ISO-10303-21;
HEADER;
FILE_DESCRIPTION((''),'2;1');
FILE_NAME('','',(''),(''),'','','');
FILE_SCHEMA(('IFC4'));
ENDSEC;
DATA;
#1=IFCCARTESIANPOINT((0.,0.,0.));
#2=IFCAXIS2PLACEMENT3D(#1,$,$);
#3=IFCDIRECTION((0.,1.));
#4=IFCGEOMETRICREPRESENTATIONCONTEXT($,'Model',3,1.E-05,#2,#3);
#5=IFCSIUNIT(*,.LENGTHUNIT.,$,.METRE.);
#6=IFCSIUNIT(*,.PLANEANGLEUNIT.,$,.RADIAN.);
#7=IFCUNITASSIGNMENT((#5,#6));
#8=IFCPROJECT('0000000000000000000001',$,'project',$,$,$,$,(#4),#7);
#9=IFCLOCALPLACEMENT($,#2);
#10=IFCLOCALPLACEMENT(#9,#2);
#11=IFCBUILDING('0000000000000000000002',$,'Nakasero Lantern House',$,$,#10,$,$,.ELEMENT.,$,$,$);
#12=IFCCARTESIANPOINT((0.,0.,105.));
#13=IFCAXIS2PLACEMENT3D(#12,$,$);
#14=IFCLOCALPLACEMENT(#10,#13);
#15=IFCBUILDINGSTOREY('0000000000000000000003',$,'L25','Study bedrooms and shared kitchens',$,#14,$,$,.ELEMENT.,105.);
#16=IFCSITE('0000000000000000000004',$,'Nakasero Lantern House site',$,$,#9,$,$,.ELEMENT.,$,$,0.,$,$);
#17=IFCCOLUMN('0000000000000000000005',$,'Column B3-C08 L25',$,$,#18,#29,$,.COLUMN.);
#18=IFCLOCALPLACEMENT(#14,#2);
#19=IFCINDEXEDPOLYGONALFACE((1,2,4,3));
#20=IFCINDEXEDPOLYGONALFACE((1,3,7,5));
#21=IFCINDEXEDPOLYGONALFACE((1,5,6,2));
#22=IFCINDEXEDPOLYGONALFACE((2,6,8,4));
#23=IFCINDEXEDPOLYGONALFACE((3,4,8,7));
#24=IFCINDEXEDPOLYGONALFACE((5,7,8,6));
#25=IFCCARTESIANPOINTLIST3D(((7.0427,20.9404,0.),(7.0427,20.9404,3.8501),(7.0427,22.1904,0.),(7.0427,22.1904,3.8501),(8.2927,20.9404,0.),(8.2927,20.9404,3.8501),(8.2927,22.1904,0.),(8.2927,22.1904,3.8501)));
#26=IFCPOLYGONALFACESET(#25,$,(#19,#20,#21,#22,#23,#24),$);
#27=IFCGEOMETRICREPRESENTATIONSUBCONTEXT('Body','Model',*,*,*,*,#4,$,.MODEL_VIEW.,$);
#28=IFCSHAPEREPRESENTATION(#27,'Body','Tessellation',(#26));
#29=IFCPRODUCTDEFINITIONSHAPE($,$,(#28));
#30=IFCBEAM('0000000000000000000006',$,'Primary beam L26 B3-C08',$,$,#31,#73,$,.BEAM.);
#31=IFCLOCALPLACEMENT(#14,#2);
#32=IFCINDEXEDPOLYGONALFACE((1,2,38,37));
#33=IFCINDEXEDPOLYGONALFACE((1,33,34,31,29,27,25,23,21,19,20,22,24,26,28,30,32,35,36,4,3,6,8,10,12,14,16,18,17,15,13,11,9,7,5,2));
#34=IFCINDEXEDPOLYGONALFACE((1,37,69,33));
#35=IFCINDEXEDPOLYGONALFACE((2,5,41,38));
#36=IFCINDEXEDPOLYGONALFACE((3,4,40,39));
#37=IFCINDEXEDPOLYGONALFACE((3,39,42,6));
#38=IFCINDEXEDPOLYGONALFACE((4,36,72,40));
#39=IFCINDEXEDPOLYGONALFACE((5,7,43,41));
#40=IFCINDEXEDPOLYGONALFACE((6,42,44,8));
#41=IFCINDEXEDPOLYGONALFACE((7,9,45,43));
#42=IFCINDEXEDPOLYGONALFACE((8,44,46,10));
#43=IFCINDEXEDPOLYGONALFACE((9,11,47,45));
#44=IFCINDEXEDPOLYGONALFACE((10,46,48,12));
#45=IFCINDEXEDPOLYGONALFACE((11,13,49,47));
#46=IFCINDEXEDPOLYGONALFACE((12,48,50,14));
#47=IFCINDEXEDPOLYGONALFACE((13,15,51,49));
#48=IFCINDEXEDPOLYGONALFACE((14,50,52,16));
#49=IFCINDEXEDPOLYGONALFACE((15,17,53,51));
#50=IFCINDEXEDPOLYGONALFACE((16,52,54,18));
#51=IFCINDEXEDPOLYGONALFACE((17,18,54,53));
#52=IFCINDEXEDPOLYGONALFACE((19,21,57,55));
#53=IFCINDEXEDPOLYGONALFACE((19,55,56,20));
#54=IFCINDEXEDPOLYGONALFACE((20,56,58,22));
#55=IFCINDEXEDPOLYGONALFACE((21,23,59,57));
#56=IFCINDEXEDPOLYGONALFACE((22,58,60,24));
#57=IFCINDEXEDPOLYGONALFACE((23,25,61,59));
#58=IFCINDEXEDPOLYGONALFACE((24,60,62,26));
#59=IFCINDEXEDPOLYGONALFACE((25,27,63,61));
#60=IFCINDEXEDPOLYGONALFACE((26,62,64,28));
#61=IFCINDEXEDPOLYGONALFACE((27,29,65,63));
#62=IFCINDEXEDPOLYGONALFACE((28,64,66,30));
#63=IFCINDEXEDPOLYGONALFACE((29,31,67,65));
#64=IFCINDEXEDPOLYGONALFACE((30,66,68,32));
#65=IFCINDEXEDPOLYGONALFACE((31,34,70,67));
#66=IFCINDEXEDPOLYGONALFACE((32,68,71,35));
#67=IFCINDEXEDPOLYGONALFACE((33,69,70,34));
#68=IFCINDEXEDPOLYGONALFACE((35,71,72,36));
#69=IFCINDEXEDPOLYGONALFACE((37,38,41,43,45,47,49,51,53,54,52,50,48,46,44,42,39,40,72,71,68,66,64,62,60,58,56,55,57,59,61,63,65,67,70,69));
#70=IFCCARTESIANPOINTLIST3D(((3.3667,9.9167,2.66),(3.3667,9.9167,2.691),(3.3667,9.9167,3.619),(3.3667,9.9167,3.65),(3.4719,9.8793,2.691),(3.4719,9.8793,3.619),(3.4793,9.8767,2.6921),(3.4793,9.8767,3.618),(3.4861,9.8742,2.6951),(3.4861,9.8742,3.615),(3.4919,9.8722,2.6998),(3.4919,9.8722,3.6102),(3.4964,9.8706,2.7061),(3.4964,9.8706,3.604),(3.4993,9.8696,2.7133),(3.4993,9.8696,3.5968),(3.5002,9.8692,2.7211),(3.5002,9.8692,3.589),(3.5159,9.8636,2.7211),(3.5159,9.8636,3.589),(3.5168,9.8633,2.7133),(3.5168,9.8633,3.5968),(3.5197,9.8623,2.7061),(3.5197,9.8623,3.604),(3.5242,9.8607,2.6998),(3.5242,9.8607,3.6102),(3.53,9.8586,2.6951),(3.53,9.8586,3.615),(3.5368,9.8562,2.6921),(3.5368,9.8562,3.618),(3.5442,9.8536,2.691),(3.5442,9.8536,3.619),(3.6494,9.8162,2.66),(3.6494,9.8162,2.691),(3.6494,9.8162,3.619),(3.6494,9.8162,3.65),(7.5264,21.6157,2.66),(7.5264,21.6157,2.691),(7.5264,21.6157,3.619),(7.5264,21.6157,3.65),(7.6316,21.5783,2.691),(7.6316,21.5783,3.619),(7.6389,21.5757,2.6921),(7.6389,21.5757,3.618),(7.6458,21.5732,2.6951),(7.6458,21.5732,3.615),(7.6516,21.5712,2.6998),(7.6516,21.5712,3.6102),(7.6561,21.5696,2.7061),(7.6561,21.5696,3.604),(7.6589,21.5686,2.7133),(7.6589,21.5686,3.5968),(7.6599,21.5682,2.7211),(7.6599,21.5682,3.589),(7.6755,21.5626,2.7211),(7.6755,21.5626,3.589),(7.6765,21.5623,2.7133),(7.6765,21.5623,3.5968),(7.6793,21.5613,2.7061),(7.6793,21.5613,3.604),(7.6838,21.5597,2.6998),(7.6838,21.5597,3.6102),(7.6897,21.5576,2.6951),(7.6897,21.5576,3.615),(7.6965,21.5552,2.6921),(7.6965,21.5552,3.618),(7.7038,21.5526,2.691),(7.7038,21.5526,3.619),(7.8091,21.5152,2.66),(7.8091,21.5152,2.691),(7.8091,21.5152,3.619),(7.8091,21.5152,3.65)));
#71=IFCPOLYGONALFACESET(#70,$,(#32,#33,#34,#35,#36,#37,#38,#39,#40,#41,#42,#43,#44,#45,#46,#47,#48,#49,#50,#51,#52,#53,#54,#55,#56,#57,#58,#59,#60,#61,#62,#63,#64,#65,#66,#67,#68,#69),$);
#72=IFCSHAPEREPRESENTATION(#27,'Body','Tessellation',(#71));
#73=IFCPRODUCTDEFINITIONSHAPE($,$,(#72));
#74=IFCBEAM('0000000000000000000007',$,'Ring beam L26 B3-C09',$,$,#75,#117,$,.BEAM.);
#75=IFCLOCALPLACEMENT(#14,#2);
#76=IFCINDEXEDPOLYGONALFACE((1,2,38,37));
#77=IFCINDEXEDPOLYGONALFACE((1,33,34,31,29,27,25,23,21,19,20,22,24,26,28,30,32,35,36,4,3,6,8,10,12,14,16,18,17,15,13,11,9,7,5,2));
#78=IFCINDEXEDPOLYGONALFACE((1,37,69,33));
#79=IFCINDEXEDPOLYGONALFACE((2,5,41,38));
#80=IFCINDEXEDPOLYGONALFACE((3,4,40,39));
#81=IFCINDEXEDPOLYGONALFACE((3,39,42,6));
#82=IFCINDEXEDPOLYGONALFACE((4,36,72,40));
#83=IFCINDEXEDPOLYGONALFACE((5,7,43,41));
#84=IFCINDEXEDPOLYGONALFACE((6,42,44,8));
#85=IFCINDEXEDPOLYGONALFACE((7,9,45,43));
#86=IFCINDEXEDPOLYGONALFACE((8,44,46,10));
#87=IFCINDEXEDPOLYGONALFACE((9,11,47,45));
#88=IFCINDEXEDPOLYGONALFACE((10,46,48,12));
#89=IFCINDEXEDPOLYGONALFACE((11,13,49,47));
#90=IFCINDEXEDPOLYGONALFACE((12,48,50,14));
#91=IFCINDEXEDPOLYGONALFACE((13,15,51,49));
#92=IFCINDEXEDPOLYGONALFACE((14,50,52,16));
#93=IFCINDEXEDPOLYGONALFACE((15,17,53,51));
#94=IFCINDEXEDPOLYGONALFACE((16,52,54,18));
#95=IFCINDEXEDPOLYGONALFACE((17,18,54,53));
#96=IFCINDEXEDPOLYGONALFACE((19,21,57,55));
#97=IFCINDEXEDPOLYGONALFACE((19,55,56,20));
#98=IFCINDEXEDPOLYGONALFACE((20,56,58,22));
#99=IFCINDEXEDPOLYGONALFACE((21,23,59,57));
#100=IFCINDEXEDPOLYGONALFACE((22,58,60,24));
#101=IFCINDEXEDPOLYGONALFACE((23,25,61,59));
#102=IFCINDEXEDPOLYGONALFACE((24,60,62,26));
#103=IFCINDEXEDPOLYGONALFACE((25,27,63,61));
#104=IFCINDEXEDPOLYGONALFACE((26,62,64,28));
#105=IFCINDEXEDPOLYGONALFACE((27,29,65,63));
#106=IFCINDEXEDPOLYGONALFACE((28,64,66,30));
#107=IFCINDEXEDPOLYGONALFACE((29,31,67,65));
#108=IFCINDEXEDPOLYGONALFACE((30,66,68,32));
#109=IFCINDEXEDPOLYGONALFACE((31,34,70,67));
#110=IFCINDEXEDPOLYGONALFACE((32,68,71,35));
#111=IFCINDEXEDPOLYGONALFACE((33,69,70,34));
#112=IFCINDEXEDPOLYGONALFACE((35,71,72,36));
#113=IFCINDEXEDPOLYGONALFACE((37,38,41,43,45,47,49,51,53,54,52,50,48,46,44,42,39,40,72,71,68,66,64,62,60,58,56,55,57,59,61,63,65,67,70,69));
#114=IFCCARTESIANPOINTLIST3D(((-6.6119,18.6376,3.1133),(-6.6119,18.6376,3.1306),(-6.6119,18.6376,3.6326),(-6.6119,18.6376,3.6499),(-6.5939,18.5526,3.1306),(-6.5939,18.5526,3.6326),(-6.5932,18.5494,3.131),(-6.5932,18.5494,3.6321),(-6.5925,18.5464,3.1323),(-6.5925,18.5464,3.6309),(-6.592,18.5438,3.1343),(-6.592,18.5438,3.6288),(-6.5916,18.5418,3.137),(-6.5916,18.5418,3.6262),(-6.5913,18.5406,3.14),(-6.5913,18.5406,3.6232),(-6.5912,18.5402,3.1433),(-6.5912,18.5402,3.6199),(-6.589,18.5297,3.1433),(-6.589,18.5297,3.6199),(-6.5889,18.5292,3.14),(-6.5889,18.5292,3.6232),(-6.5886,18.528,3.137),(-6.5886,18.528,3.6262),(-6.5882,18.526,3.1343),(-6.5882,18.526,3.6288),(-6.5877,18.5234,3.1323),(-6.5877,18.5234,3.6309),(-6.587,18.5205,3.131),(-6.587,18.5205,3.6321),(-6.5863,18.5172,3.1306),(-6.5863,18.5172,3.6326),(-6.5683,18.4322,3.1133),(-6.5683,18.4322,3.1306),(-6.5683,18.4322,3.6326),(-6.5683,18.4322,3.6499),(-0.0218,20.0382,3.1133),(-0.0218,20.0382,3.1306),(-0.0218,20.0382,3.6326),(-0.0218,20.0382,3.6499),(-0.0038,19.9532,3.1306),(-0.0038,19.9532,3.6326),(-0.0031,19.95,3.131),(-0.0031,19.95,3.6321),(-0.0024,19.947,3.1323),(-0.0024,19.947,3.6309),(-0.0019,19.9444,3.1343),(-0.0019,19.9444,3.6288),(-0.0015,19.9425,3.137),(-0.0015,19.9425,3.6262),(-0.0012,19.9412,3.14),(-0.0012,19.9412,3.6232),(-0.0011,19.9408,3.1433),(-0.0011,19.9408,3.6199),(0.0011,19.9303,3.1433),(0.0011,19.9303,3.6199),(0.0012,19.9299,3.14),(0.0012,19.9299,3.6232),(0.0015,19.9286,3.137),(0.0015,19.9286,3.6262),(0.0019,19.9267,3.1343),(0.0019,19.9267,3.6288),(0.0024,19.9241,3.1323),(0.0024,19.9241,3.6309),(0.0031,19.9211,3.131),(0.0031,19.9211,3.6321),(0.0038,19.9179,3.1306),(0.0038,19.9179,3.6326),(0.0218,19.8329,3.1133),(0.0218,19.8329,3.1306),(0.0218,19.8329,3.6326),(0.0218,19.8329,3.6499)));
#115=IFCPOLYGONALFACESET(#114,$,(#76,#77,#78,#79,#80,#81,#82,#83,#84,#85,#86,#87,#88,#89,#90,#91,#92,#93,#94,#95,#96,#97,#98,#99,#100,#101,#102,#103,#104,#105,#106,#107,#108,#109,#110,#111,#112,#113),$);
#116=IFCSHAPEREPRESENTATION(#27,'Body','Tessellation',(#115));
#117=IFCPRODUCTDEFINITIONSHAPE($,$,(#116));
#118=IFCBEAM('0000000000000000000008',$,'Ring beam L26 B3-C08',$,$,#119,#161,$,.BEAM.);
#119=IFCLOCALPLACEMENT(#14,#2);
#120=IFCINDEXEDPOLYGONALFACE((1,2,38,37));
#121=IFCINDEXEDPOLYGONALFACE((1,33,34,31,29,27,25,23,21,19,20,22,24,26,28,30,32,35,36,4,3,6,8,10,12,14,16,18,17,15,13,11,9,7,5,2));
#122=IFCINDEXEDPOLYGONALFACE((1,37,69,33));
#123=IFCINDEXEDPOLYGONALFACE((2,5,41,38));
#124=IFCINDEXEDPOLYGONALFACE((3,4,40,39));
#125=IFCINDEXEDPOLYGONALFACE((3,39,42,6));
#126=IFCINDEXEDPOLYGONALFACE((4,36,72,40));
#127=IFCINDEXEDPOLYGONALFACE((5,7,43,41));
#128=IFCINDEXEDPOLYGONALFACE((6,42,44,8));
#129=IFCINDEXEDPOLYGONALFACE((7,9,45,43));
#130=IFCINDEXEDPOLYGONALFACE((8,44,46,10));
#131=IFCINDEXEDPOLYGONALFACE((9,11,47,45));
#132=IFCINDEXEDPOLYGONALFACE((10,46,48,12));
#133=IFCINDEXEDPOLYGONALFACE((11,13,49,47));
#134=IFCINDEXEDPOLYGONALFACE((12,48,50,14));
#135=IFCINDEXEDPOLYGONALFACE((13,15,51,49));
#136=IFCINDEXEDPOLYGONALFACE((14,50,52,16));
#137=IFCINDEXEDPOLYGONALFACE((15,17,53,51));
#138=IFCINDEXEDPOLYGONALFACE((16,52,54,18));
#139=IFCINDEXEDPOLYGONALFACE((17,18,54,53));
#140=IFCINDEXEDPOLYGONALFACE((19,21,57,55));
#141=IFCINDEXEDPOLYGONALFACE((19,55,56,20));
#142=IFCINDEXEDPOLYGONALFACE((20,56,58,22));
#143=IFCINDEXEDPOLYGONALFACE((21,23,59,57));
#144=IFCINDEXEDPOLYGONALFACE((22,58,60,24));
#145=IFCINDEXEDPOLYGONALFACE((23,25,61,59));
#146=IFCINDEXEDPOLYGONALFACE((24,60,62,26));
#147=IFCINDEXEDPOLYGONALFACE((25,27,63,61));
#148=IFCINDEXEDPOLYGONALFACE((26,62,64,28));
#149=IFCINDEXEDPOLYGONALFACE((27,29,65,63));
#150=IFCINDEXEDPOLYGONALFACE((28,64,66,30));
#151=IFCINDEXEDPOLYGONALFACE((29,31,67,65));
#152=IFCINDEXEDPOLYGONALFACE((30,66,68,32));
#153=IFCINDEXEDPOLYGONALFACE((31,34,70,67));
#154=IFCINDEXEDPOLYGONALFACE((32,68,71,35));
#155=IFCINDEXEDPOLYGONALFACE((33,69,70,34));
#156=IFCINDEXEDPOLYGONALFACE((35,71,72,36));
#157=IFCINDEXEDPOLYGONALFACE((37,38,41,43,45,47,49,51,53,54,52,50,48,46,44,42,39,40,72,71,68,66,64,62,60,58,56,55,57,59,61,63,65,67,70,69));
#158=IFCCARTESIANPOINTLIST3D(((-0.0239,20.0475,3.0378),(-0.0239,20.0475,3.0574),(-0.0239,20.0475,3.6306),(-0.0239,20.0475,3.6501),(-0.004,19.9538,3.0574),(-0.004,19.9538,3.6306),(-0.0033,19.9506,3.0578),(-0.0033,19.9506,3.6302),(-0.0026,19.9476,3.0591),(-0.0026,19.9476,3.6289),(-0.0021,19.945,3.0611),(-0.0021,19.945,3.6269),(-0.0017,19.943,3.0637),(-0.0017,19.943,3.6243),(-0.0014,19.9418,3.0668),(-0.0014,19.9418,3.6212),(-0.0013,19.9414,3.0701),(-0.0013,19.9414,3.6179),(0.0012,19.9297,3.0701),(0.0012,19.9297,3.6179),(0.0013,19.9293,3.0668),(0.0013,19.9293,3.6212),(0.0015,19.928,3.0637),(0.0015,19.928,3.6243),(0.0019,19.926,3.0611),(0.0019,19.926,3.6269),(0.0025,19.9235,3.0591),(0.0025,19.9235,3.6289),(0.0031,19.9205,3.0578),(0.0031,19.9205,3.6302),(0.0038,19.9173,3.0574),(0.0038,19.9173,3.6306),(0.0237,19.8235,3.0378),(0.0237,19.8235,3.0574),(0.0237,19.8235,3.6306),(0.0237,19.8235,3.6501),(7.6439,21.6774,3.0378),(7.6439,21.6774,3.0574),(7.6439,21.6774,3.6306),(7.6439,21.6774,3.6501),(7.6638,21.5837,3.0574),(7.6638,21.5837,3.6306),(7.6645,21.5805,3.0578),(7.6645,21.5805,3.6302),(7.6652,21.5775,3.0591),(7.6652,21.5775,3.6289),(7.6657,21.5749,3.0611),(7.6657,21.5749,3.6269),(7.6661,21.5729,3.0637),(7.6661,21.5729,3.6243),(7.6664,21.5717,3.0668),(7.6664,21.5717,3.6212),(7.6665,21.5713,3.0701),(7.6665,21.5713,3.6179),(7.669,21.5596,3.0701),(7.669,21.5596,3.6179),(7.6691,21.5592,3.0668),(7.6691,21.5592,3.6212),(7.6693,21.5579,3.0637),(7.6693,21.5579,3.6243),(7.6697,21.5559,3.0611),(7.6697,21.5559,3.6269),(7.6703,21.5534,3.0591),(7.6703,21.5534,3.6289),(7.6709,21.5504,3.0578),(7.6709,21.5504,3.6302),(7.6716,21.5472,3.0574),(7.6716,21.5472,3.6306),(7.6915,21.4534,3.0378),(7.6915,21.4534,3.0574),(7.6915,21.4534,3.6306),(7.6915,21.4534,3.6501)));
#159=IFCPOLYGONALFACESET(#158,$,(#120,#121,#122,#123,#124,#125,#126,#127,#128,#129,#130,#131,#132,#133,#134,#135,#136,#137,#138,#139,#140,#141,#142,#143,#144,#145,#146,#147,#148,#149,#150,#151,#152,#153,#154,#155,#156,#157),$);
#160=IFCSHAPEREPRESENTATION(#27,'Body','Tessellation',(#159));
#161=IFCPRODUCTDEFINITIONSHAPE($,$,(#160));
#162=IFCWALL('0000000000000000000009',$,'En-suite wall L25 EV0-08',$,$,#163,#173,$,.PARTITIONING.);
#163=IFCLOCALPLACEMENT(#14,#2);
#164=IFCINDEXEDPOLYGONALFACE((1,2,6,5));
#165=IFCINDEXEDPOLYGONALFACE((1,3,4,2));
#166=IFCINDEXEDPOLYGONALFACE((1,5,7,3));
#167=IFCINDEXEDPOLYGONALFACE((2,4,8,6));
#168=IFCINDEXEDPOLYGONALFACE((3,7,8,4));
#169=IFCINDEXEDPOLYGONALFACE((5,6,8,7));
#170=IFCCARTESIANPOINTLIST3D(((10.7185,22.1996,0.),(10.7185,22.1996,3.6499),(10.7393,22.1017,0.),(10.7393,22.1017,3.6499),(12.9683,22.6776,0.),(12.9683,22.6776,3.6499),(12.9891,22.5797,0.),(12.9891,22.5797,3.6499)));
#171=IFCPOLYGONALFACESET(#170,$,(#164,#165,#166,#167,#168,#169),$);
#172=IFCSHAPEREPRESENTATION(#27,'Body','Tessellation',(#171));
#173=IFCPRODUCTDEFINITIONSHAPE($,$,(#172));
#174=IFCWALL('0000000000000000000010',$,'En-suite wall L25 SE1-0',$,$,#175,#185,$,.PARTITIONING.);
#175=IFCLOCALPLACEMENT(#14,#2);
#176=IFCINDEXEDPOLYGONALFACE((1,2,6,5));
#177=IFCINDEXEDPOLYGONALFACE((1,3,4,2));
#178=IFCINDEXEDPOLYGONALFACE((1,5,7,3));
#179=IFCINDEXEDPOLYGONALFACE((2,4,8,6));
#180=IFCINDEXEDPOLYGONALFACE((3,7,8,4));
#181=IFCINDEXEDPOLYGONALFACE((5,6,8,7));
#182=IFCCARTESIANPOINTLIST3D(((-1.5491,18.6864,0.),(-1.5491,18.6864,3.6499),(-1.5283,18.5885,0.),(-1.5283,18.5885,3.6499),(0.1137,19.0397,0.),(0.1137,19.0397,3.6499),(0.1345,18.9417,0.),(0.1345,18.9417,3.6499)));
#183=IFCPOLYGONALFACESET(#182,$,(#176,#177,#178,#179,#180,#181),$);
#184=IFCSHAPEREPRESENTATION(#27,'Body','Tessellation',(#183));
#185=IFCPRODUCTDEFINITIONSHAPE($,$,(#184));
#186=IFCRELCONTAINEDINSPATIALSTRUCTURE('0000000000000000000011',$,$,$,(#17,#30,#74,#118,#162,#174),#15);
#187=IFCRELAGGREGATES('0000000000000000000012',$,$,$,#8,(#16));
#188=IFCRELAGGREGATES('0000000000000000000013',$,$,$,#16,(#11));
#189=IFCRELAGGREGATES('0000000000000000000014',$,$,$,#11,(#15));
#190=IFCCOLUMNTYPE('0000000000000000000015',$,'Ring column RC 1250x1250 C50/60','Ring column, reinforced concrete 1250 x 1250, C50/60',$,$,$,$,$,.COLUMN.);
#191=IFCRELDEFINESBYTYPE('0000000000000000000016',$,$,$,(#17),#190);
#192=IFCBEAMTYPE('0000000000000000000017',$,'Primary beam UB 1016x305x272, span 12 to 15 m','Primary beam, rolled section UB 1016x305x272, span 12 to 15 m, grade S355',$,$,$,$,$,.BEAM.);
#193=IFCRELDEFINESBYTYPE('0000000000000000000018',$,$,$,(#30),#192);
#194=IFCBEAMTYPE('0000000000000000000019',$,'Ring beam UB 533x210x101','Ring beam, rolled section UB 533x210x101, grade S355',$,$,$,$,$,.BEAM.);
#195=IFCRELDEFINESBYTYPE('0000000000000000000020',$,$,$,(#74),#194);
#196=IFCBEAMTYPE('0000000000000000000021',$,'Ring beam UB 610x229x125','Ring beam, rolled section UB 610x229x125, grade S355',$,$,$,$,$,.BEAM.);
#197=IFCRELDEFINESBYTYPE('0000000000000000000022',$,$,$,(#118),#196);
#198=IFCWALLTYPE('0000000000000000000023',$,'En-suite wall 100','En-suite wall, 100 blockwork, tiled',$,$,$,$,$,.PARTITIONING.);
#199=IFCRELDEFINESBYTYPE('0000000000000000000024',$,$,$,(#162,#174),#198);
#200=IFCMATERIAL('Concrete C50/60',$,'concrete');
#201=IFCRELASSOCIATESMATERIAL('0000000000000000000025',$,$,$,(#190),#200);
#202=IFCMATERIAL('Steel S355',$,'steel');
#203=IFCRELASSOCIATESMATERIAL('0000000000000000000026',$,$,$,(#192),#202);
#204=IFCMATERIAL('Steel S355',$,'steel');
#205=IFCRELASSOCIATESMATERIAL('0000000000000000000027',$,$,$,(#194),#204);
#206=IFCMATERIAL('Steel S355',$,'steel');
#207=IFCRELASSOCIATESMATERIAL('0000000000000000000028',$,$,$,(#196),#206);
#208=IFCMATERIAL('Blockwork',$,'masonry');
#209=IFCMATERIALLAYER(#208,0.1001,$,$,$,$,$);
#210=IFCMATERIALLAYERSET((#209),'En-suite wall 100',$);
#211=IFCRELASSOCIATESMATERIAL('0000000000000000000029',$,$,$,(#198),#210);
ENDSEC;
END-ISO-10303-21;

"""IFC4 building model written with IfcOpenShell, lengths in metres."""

from ifc_helpers import new_model, si_unit, direction, frame, frame_2d, origin, origin_2d, place, context, subcontext, project, spatial, rectangle, i_section, extrude, material, layer, layer_set, material_profile, profile_set, type_object, element, save


model = new_model("IFC4")

# Units and contexts
model_context = context("Model", 3, precision=1e-05, world=origin(), true_north=direction((0.0, 1.0)))
body_context = subcontext(model_context, "Body", "Model", "MODEL_VIEW")
ifc_project = project(units=[si_unit("LENGTHUNIT", "METRE"), si_unit("PLANEANGLEUNIT", "RADIAN")], contexts=[model_context])

# Site, building, storey
site_placement = place(None, origin())
site = spatial("IfcSite", under=ifc_project, at=site_placement, Name="Nakasero Lantern House site", CompositionType="ELEMENT", RefElevation=0.0)
building_placement = place(site_placement, origin())
building = spatial("IfcBuilding", under=site, at=building_placement, Name="Nakasero Lantern House", CompositionType="ELEMENT")
storey_placement = place(building_placement, frame((0.0, 0.0, 105.0)))
storey = spatial("IfcBuildingStorey", under=building, at=storey_placement, Name="L25", Description="Study bedrooms and shared kitchens", CompositionType="ELEMENT", Elevation=105.0)

# Column
ifc_material_1 = material(Name="Concrete C50/60", Category="concrete")
ifc_material_profile_1 = material_profile(ifc_material_1, rectangle(XDim=1.25, YDim=1.25, at=origin_2d()), Name="RC 1250x1250")
ifc_profile_set_1 = profile_set([ifc_material_profile_1], Name="Concrete C50/60")
column_type = type_object("IfcColumnType", Name="Ring column RC 1250x1250 C50/60", Description="Ring column, reinforced concrete 1250 x 1250, C50/60", PredefinedType="COLUMN", material=ifc_profile_set_1)
column_placement = place(storey_placement, frame((7.6677, 21.5654, 0.0), z_axis=(0.0, 0.0, 1.0), x_axis=(1.0, 0.0, 0.0)))
element("IfcColumn", 1, at=column_placement, inside=storey, type_object=column_type, Name="Column B3-C08 L25", PredefinedType="COLUMN", context=body_context, shape_type="SweptSolid", body=[
    extrude(rectangle(XDim=1.25, YDim=1.25, at=origin_2d()), origin(), (0.0, 0.0, 1.0), 3.8501),
])

# Beams
ifc_material_2 = material(Name="Steel S355", Category="steel")
ifc_material_profile_2 = material_profile(ifc_material_2, i_section(OverallWidth=0.3, OverallDepth=0.99, WebThickness=0.0166, FlangeThickness=0.031, FilletRadius=0.03, at=origin_2d()), Name="UB 1016x305x272")
ifc_profile_set_2 = profile_set([ifc_material_profile_2], Name="Steel S355")
beam_type_1 = type_object("IfcBeamType", Name="Primary beam UB 1016x305x272, span 12 to 15 m", Description="Primary beam, rolled section UB 1016x305x272, span 12 to 15 m, grade S355", PredefinedType="BEAM", material=ifc_profile_set_2)
beam_1_placement = place(storey_placement, frame((7.6677, 21.5654, 3.155), z_axis=(-0.335012, -0.942214, 0.0), x_axis=(0.942214, -0.335012, 0.0)))
element("IfcBeam", 2, at=beam_1_placement, inside=storey, type_object=beam_type_1, Name="Primary beam L26 B3-C08", PredefinedType="BEAM", context=body_context, shape_type="SweptSolid", body=[
    extrude(i_section(OverallWidth=0.3, OverallDepth=0.99, WebThickness=0.0166, FlangeThickness=0.031, FilletRadius=0.03, at=origin_2d()), origin(), (0.0, 0.0, 1.0), 12.4165),
])
ifc_material_3 = material(Name="Steel S355", Category="steel")
ifc_material_profile_3 = material_profile(ifc_material_3, i_section(OverallWidth=0.21, OverallDepth=0.5366, WebThickness=0.0107, FlangeThickness=0.0173, FilletRadius=0.0127, at=origin_2d()), Name="UB 533x210x101")
ifc_profile_set_3 = profile_set([ifc_material_profile_3], Name="Steel S355")
beam_type_2 = type_object("IfcBeamType", Name="Ring beam UB 533x210x101", Description="Ring beam, rolled section UB 533x210x101, grade S355", PredefinedType="BEAM", material=ifc_profile_set_3)
beam_2_placement = place(storey_placement, frame((0.0, 19.9355, 3.3816), z_axis=(-0.978152, -0.207893, 0.0), x_axis=(0.207893, -0.978152, 0.0)))
element("IfcBeam", 3, at=beam_2_placement, inside=storey, type_object=beam_type_2, Name="Ring beam L26 B3-C09", PredefinedType="BEAM", context=body_context, shape_type="SweptSolid", body=[
    extrude(i_section(OverallWidth=0.21, OverallDepth=0.5366, WebThickness=0.0107, FlangeThickness=0.0173, FilletRadius=0.0127, at=origin_2d()), origin(), (0.0, 0.0, 1.0), 6.7373),
])
ifc_material_4 = material(Name="Steel S355", Category="steel")
ifc_material_profile_4 = material_profile(ifc_material_4, i_section(OverallWidth=0.229, OverallDepth=0.6123, WebThickness=0.012, FlangeThickness=0.0195, FilletRadius=0.0127, at=origin_2d()), Name="UB 610x229x125")
ifc_profile_set_4 = profile_set([ifc_material_profile_4], Name="Steel S355")
beam_type_3 = type_object("IfcBeamType", Name="Ring beam UB 610x229x125", Description="Ring beam, rolled section UB 610x229x125, grade S355", PredefinedType="BEAM", material=ifc_profile_set_4)
beam_3_placement = place(storey_placement, frame((7.6677, 21.5654, 3.344), z_axis=(-0.978146, -0.207919, 0.0), x_axis=(0.207919, -0.978146, 0.0)))
element("IfcBeam", 4, at=beam_3_placement, inside=storey, type_object=beam_type_3, Name="Ring beam L26 B3-C08", PredefinedType="BEAM", context=body_context, shape_type="SweptSolid", body=[
    extrude(i_section(OverallWidth=0.229, OverallDepth=0.6123, WebThickness=0.012, FlangeThickness=0.0195, FilletRadius=0.0127, at=origin_2d()), origin(), (0.0, 0.0, 1.0), 7.8391),
])

# Walls
ifc_material_5 = material(Name="Blockwork", Category="masonry")
ifc_layer_1 = layer(ifc_material_5, 0.1001)
ifc_layer_set_1 = layer_set([ifc_layer_1], Name="En-suite wall 100")
wall_type_1 = type_object("IfcWallType", Name="En-suite wall 100", Description="En-suite wall, 100 blockwork, tiled", PredefinedType="PARTITIONING", material=ifc_layer_set_1)
wall_1_placement = place(storey_placement, frame((10.729, 22.1506, 0.0), z_axis=(0.0, 0.0, 1.0), x_axis=(0.978163, 0.20784, 0.0)))
element("IfcWall", 5, at=wall_1_placement, inside=storey, type_object=wall_type_1, Name="En-suite wall L25 EV0-08", PredefinedType="PARTITIONING", context=body_context, shape_type="SweptSolid", body=[
    extrude(rectangle(XDim=2.3, YDim=0.1001, at=frame_2d((1.1499, 0.0))), origin(), (0.0, 0.0, 1.0), 3.6499),
])
wall_2_placement = place(storey_placement, frame((0.1243, 18.9907, 0.0), z_axis=(0.0, 0.0, 1.0), x_axis=(-0.978169, -0.207812, 0.0)))
element("IfcWall", 6, at=wall_2_placement, inside=storey, type_object=wall_type_1, Name="En-suite wall L25 SE1-0", PredefinedType="PARTITIONING", context=body_context, shape_type="SweptSolid", body=[
    extrude(rectangle(XDim=1.7, YDim=0.1001, at=frame_2d((0.8501, 0.0))), origin(), (0.0, 0.0, 1.0), 3.6499),
])

save(model, "model.ifc")
